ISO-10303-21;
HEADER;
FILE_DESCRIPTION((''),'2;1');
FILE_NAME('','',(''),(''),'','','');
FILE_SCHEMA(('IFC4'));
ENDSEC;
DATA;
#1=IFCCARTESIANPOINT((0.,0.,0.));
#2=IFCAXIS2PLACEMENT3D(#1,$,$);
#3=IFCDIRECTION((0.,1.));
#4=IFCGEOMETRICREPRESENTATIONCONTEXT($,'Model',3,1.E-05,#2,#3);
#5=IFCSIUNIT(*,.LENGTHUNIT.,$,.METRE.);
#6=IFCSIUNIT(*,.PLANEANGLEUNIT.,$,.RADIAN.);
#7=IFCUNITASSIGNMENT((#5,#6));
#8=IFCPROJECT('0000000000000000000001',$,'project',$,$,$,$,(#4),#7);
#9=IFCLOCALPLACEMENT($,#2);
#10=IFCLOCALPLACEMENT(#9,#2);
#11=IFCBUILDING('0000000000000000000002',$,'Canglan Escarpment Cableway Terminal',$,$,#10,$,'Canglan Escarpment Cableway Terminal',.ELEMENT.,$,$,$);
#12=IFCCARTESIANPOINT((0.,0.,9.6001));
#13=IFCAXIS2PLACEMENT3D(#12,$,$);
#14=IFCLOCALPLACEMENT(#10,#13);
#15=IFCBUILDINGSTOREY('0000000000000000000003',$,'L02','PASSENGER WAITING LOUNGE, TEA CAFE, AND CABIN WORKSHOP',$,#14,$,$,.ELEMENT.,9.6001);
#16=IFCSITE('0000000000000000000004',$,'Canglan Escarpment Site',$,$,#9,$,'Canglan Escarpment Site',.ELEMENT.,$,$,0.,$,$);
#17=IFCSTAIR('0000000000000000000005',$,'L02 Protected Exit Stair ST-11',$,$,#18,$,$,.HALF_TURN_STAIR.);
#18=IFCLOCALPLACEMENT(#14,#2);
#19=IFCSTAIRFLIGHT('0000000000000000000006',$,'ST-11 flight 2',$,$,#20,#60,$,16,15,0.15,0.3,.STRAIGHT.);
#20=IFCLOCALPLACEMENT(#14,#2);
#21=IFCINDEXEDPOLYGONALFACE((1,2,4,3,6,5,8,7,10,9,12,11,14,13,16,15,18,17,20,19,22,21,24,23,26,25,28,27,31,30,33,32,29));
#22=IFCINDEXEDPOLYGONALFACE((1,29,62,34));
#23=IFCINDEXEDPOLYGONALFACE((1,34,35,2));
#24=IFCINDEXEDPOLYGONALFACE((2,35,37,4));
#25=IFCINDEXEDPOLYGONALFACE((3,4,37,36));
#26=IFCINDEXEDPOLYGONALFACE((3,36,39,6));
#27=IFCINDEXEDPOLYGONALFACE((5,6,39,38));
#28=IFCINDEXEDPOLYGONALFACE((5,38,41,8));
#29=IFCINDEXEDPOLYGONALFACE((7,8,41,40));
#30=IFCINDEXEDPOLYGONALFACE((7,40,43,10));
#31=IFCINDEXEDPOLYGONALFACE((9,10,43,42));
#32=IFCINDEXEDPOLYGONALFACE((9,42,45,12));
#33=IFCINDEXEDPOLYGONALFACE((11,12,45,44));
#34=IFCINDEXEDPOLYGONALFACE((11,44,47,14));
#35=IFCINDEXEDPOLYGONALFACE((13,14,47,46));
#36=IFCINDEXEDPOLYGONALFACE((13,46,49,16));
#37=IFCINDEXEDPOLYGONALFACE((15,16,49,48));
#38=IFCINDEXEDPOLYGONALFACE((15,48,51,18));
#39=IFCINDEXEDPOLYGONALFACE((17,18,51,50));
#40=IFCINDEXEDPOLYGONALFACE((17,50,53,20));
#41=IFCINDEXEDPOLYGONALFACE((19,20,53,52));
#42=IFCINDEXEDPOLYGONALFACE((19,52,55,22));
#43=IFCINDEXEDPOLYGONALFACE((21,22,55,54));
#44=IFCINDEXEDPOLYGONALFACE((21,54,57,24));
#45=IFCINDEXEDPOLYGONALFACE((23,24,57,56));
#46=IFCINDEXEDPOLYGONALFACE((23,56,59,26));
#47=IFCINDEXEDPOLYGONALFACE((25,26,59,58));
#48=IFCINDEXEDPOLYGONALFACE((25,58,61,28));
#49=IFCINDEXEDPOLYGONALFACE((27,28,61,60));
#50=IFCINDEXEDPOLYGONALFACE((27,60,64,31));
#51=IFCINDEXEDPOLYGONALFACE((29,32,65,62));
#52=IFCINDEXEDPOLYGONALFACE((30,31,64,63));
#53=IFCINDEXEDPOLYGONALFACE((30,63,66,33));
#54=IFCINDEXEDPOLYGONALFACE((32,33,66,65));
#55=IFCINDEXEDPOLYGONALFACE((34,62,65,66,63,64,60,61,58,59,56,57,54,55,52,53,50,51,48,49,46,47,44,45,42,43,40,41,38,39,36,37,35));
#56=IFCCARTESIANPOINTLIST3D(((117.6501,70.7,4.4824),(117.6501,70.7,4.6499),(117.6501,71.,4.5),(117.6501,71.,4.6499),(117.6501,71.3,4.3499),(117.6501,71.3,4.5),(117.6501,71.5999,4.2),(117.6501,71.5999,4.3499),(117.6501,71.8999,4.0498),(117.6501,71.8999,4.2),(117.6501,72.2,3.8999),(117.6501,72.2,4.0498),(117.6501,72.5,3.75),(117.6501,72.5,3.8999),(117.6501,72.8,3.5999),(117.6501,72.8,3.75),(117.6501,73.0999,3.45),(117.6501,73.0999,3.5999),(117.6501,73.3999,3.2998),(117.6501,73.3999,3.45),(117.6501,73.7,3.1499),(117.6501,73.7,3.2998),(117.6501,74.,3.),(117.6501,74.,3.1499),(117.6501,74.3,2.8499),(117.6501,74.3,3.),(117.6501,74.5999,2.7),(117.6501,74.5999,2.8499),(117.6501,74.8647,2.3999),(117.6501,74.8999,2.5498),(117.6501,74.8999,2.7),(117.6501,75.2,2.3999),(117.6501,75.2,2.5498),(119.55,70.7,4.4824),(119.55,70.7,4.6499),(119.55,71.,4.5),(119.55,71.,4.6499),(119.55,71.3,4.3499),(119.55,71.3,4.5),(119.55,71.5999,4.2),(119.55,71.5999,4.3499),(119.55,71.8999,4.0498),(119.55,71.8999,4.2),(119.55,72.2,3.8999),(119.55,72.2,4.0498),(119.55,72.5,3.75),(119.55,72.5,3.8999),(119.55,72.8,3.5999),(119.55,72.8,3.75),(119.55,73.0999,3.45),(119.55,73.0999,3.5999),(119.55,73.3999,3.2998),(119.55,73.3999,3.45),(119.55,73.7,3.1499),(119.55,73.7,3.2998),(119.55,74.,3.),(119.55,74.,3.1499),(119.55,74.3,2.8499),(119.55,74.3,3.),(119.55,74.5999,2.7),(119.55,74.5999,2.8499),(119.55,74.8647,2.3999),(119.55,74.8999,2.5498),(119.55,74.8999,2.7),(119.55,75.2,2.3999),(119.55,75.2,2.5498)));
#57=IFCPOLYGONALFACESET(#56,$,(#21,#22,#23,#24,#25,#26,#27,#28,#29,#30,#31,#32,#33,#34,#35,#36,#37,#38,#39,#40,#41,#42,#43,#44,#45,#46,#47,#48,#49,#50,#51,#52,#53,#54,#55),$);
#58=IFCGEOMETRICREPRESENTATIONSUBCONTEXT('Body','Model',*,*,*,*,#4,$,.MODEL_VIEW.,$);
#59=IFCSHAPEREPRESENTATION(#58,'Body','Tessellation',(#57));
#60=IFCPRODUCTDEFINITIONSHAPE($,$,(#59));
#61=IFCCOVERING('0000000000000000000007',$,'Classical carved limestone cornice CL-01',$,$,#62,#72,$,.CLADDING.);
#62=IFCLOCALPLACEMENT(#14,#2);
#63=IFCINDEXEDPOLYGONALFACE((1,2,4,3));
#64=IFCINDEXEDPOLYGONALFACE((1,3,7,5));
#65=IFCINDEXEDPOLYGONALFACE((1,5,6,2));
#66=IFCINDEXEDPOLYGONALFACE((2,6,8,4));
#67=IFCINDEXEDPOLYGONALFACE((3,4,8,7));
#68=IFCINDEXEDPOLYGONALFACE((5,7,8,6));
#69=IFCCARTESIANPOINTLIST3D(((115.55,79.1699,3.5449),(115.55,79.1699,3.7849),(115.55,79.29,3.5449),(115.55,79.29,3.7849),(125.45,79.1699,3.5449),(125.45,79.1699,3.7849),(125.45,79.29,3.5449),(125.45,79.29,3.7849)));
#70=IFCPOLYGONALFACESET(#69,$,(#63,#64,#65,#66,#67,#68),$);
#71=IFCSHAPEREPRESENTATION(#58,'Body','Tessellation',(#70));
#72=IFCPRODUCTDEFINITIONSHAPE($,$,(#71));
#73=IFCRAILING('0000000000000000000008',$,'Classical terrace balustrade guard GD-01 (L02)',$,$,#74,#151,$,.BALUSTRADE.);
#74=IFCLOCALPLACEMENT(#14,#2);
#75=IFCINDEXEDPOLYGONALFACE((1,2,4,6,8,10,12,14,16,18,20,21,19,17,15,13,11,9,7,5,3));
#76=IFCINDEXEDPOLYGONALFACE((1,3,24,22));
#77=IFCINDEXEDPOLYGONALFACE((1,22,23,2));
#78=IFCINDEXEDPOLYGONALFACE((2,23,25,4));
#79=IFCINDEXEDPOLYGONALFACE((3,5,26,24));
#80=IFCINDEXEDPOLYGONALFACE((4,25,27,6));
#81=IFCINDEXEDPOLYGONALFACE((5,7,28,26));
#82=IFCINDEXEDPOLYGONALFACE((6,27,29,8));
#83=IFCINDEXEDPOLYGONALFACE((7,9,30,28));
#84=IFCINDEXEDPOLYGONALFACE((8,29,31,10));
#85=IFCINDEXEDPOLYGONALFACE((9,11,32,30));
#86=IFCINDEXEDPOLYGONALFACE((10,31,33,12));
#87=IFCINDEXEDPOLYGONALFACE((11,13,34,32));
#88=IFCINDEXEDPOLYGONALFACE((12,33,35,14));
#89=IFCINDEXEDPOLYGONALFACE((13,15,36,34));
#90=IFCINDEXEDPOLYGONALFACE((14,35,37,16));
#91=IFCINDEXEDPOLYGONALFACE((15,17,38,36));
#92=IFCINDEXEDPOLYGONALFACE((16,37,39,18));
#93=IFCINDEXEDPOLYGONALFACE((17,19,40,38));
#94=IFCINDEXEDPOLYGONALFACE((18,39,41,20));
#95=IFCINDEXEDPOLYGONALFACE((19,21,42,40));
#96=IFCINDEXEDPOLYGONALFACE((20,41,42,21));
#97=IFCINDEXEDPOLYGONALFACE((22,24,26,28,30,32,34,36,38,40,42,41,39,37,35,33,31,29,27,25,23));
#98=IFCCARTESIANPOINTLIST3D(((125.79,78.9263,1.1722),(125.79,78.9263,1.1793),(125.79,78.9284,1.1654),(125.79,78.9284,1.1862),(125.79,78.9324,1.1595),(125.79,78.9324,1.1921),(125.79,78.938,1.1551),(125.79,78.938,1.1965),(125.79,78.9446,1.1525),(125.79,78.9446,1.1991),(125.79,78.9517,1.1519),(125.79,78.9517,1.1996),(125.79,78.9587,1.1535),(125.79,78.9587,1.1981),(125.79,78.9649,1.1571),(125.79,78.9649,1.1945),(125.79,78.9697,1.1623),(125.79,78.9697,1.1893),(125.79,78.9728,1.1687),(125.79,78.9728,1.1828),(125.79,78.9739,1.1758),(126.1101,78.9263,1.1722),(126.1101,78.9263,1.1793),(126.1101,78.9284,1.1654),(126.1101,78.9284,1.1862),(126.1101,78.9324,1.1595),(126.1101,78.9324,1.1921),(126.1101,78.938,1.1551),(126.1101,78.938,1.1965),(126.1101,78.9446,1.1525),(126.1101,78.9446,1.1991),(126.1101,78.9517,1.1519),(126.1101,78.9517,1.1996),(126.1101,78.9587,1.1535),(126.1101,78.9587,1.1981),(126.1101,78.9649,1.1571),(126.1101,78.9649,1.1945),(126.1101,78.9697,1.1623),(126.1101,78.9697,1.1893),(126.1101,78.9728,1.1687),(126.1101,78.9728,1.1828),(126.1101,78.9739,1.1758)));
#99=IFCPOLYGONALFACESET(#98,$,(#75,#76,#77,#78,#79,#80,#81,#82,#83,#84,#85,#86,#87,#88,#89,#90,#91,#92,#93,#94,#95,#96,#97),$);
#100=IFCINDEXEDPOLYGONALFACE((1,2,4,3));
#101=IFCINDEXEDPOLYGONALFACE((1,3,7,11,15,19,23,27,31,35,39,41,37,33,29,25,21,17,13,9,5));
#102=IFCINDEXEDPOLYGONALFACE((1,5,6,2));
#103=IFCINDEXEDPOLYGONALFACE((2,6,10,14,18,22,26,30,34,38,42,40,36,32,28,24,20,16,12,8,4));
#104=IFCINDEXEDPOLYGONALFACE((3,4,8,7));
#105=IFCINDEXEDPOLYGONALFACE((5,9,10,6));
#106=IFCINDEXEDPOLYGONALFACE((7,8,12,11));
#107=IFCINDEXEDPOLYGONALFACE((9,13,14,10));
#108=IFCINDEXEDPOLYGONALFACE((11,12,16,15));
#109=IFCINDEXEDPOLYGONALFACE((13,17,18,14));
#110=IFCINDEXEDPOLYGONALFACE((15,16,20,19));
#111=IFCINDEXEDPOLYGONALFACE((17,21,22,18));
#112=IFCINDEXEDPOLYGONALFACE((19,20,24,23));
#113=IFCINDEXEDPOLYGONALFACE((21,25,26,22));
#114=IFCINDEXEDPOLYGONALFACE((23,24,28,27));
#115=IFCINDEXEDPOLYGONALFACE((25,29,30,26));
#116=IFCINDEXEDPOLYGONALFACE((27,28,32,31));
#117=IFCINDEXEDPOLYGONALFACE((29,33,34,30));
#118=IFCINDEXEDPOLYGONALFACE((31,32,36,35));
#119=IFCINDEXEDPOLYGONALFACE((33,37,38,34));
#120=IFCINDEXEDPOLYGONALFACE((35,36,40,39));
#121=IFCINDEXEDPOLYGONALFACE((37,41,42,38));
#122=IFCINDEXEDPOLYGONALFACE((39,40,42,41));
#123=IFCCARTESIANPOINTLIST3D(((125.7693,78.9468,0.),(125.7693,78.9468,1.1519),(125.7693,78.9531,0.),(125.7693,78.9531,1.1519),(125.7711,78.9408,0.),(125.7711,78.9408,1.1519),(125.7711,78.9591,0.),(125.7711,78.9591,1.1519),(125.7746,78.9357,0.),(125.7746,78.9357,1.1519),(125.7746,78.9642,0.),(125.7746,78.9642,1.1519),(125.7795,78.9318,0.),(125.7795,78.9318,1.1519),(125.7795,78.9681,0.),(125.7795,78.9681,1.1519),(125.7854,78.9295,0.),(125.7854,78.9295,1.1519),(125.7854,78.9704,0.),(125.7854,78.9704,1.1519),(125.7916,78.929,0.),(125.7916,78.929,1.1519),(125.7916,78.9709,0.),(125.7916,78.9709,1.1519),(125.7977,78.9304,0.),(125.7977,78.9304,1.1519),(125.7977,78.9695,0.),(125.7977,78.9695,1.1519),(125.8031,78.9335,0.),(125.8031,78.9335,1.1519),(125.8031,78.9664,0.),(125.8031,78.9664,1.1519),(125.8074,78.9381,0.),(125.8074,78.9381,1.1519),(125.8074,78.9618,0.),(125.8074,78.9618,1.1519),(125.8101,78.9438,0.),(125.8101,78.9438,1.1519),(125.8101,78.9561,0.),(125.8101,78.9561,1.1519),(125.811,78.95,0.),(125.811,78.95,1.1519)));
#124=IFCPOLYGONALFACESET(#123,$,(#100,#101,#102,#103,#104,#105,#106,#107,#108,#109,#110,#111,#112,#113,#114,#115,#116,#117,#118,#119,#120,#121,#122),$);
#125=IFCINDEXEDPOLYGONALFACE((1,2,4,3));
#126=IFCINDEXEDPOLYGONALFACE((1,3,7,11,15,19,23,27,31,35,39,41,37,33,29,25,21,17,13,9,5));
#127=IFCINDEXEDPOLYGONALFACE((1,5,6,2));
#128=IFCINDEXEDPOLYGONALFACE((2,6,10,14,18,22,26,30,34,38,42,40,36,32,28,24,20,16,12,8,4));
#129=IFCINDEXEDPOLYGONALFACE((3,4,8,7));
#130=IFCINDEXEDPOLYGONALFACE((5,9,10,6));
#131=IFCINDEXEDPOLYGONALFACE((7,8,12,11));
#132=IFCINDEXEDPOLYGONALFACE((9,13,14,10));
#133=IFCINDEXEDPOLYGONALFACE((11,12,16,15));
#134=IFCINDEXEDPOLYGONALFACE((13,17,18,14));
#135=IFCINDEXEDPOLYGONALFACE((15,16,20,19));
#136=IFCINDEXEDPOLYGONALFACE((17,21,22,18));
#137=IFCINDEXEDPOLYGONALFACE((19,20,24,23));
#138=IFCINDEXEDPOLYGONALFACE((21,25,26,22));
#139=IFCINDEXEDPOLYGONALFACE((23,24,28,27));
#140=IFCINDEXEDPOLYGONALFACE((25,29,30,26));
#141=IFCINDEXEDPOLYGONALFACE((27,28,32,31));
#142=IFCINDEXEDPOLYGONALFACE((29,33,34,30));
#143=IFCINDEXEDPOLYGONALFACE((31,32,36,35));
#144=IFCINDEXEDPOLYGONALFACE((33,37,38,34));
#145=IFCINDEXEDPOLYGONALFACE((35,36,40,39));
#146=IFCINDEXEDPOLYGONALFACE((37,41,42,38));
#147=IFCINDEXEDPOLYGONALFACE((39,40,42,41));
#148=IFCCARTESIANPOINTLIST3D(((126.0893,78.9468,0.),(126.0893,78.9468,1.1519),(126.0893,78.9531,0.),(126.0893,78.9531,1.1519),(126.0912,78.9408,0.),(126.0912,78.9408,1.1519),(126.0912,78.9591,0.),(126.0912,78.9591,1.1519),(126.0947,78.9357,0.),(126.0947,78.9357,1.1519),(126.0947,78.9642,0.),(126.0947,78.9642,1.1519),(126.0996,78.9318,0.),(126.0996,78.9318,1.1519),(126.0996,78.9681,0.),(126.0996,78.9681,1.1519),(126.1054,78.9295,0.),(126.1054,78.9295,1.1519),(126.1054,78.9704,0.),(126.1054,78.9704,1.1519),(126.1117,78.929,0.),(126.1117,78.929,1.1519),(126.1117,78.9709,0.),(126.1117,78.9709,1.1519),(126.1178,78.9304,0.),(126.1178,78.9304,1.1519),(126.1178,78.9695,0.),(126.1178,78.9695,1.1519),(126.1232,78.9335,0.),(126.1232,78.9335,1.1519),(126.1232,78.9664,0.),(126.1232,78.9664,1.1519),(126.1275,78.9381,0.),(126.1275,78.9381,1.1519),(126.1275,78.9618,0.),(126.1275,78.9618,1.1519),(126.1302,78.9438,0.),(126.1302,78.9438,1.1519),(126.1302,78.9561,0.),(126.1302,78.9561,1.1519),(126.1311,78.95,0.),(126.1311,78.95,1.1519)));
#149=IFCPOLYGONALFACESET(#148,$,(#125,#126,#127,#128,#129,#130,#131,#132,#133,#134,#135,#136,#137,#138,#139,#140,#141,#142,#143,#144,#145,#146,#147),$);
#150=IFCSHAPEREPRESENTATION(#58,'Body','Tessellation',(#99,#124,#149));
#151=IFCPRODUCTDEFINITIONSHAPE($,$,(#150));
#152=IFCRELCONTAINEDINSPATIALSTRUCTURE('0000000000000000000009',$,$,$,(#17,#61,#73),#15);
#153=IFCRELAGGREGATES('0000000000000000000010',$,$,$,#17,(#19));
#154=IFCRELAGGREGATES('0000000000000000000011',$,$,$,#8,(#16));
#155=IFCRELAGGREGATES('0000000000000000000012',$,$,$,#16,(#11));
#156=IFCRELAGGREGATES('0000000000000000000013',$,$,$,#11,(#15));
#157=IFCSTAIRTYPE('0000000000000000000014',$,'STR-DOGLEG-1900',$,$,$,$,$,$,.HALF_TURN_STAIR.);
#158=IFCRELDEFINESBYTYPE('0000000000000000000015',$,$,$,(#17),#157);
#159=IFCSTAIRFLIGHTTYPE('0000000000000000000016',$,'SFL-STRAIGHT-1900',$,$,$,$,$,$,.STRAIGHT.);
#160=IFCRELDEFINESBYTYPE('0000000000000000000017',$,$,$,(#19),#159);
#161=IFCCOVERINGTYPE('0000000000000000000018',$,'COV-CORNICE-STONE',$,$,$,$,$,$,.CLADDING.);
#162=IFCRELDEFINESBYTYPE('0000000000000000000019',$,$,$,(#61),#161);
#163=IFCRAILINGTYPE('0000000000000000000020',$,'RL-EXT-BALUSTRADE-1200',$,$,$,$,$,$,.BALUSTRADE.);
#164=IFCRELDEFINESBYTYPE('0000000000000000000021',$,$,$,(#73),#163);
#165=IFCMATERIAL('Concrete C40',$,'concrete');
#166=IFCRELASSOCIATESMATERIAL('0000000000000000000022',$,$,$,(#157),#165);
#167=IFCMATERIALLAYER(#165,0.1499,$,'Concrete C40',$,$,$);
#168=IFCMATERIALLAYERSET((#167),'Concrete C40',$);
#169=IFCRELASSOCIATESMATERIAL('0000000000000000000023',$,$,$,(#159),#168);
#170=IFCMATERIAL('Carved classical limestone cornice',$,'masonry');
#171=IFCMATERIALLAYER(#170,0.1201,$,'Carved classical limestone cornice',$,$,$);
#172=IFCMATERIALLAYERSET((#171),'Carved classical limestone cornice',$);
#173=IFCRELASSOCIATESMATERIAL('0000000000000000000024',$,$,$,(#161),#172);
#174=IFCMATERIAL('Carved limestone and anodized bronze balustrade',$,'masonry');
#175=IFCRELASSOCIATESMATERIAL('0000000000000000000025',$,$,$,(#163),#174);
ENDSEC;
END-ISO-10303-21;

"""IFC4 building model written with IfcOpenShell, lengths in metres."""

from ifc_helpers import new_model, si_unit, direction, frame, origin, origin_2d, place, context, subcontext, project, spatial, polyline, rectangle, circle, outline, extrude, material, layer, layer_set, type_object, element, aggregate, save


model = new_model("IFC4")

# Units and contexts
model_context = context("Model", 3, precision=1e-05, world=origin(), true_north=direction((0.0, 1.0)))
body_context = subcontext(model_context, "Body", "Model", "MODEL_VIEW")
ifc_project = project(units=[si_unit("LENGTHUNIT", "METRE"), si_unit("PLANEANGLEUNIT", "RADIAN")], contexts=[model_context])

# Site, building, storey
site_placement = place(None, origin())
site = spatial("IfcSite", under=ifc_project, at=site_placement, Name="Canglan Escarpment Site", LongName="Canglan Escarpment Site", CompositionType="ELEMENT", RefElevation=0.0)
building_placement = place(site_placement, origin())
building = spatial("IfcBuilding", under=site, at=building_placement, Name="Canglan Escarpment Cableway Terminal", LongName="Canglan Escarpment Cableway Terminal", CompositionType="ELEMENT")
storey_placement = place(building_placement, frame((0.0, 0.0, 9.6001)))
storey = spatial("IfcBuildingStorey", under=building, at=storey_placement, Name="L02", Description="PASSENGER WAITING LOUNGE, TEA CAFE, AND CABIN WORKSHOP", CompositionType="ELEMENT", Elevation=9.6001)

# Shared definitions
ifc_material_1 = material(Name="Concrete C40", Category="concrete")

# Stair, stair flight
stair_type = type_object("IfcStairType", Name="STR-DOGLEG-1900", PredefinedType="HALF_TURN_STAIR", material=ifc_material_1)
stair_placement = place(storey_placement, origin())
stair = element("IfcStair", 1, at=stair_placement, inside=storey, type_object=stair_type, Name="L02 Protected Exit Stair ST-11", PredefinedType="HALF_TURN_STAIR")
ifc_layer_1 = layer(ifc_material_1, 0.1499, Name="Concrete C40")
ifc_layer_set_1 = layer_set([ifc_layer_1], Name="Concrete C40")
stair_flight_type = type_object("IfcStairFlightType", Name="SFL-STRAIGHT-1900", PredefinedType="STRAIGHT", material=ifc_layer_set_1)
stair_flight_1_placement = place(storey_placement, frame((118.6001, 75.2, 2.3999), z_axis=(0.0, 0.0, 1.0), x_axis=(0.0, -1.0, 0.0)))
stair_flight_1 = element("IfcStairFlight", 2, at=stair_flight_1_placement, type_object=stair_flight_type, Name="ST-11 flight 2", NumberOfRisers=16, NumberOfTreads=15, PredefinedType="STRAIGHT", RiserHeight=0.15, TreadLength=0.3, context=body_context, shape_type="SweptSolid", body=[
    extrude(outline(polyline([(0.0, 0.0), (0.0, 0.1499), (0.3, 0.1499), (0.3, 0.3), (0.6001, 0.3), (0.6001, 0.45), (0.8999, 0.45), (0.8999, 0.6001), (1.2, 0.6001), (1.2, 0.75), (1.5, 0.75), (1.5, 0.8999), (1.8, 0.8999), (1.8, 1.05), (2.1001, 1.05), (2.1001, 1.2), (2.3999, 1.2), (2.3999, 1.3501), (2.7, 1.3501), (2.7, 1.5), (3.0, 1.5), (3.0, 1.6499), (3.3, 1.6499), (3.3, 1.8), (3.6001, 1.8), (3.6001, 1.95), (3.8999, 1.95), (3.8999, 2.1001), (4.2, 2.1001), (4.2, 2.25), (4.5, 2.25), (4.5, 2.3999), (4.5, 2.0825), (0.3352, 0.0), (0.0, 0.0)])), frame((0.0, 0.95, 0.0), z_axis=(0.0, -1.0, 0.0), x_axis=(1.0, 0.0, 0.0)), (0.0, 0.0, 1.0), 1.8999),
])
aggregate(stair, [stair_flight_1])

# Covering
ifc_material_2 = material(Name="Carved classical limestone cornice", Category="masonry")
ifc_layer_2 = layer(ifc_material_2, 0.1201, Name="Carved classical limestone cornice")
ifc_layer_set_2 = layer_set([ifc_layer_2], Name="Carved classical limestone cornice")
covering_type = type_object("IfcCoveringType", Name="COV-CORNICE-STONE", PredefinedType="CLADDING", material=ifc_layer_set_2)
covering_placement = place(storey_placement, frame((120.5, 79.23, 3.5449), z_axis=(0.0, 0.0, 1.0), x_axis=(-1.0, 0.0, 0.0)))
element("IfcCovering", 3, at=covering_placement, inside=storey, type_object=covering_type, Name="Classical carved limestone cornice CL-01", PredefinedType="CLADDING", context=body_context, shape_type="SweptSolid", body=[
    extrude(rectangle(XDim=9.8999, YDim=0.1201, at=origin_2d()), origin(), (0.0, 0.0, 1.0), 0.24),
])

# Railing
ifc_material_3 = material(Name="Carved limestone and anodized bronze balustrade", Category="masonry")
railing_type_1 = type_object("IfcRailingType", Name="RL-EXT-BALUSTRADE-1200", PredefinedType="BALUSTRADE", material=ifc_material_3)
railing_1_placement = place(storey_placement, frame((125.79, 78.95, 0.0)))
element("IfcRailing", 4, at=railing_1_placement, inside=storey, type_object=railing_type_1, Name="Classical terrace balustrade guard GD-01 (L02)", PredefinedType="BALUSTRADE", context=body_context, shape_type="SweptSolid", body=[
    extrude(circle(Radius=0.0239, at=origin_2d()), frame((0.0, 0.0, 1.1758), z_axis=(1.0, 0.0, 0.0), x_axis=(0.0, 1.0, 0.0)), (0.0, 0.0, 1.0), 0.3201),
    extrude(circle(Radius=0.021, at=origin_2d()), origin(), (0.0, 0.0, 1.0), 1.1519),
    extrude(circle(Radius=0.021, at=origin_2d()), frame((0.3201, 0.0, 0.0)), (0.0, 0.0, 1.0), 1.1519),
])

save(model, "model.ifc")
